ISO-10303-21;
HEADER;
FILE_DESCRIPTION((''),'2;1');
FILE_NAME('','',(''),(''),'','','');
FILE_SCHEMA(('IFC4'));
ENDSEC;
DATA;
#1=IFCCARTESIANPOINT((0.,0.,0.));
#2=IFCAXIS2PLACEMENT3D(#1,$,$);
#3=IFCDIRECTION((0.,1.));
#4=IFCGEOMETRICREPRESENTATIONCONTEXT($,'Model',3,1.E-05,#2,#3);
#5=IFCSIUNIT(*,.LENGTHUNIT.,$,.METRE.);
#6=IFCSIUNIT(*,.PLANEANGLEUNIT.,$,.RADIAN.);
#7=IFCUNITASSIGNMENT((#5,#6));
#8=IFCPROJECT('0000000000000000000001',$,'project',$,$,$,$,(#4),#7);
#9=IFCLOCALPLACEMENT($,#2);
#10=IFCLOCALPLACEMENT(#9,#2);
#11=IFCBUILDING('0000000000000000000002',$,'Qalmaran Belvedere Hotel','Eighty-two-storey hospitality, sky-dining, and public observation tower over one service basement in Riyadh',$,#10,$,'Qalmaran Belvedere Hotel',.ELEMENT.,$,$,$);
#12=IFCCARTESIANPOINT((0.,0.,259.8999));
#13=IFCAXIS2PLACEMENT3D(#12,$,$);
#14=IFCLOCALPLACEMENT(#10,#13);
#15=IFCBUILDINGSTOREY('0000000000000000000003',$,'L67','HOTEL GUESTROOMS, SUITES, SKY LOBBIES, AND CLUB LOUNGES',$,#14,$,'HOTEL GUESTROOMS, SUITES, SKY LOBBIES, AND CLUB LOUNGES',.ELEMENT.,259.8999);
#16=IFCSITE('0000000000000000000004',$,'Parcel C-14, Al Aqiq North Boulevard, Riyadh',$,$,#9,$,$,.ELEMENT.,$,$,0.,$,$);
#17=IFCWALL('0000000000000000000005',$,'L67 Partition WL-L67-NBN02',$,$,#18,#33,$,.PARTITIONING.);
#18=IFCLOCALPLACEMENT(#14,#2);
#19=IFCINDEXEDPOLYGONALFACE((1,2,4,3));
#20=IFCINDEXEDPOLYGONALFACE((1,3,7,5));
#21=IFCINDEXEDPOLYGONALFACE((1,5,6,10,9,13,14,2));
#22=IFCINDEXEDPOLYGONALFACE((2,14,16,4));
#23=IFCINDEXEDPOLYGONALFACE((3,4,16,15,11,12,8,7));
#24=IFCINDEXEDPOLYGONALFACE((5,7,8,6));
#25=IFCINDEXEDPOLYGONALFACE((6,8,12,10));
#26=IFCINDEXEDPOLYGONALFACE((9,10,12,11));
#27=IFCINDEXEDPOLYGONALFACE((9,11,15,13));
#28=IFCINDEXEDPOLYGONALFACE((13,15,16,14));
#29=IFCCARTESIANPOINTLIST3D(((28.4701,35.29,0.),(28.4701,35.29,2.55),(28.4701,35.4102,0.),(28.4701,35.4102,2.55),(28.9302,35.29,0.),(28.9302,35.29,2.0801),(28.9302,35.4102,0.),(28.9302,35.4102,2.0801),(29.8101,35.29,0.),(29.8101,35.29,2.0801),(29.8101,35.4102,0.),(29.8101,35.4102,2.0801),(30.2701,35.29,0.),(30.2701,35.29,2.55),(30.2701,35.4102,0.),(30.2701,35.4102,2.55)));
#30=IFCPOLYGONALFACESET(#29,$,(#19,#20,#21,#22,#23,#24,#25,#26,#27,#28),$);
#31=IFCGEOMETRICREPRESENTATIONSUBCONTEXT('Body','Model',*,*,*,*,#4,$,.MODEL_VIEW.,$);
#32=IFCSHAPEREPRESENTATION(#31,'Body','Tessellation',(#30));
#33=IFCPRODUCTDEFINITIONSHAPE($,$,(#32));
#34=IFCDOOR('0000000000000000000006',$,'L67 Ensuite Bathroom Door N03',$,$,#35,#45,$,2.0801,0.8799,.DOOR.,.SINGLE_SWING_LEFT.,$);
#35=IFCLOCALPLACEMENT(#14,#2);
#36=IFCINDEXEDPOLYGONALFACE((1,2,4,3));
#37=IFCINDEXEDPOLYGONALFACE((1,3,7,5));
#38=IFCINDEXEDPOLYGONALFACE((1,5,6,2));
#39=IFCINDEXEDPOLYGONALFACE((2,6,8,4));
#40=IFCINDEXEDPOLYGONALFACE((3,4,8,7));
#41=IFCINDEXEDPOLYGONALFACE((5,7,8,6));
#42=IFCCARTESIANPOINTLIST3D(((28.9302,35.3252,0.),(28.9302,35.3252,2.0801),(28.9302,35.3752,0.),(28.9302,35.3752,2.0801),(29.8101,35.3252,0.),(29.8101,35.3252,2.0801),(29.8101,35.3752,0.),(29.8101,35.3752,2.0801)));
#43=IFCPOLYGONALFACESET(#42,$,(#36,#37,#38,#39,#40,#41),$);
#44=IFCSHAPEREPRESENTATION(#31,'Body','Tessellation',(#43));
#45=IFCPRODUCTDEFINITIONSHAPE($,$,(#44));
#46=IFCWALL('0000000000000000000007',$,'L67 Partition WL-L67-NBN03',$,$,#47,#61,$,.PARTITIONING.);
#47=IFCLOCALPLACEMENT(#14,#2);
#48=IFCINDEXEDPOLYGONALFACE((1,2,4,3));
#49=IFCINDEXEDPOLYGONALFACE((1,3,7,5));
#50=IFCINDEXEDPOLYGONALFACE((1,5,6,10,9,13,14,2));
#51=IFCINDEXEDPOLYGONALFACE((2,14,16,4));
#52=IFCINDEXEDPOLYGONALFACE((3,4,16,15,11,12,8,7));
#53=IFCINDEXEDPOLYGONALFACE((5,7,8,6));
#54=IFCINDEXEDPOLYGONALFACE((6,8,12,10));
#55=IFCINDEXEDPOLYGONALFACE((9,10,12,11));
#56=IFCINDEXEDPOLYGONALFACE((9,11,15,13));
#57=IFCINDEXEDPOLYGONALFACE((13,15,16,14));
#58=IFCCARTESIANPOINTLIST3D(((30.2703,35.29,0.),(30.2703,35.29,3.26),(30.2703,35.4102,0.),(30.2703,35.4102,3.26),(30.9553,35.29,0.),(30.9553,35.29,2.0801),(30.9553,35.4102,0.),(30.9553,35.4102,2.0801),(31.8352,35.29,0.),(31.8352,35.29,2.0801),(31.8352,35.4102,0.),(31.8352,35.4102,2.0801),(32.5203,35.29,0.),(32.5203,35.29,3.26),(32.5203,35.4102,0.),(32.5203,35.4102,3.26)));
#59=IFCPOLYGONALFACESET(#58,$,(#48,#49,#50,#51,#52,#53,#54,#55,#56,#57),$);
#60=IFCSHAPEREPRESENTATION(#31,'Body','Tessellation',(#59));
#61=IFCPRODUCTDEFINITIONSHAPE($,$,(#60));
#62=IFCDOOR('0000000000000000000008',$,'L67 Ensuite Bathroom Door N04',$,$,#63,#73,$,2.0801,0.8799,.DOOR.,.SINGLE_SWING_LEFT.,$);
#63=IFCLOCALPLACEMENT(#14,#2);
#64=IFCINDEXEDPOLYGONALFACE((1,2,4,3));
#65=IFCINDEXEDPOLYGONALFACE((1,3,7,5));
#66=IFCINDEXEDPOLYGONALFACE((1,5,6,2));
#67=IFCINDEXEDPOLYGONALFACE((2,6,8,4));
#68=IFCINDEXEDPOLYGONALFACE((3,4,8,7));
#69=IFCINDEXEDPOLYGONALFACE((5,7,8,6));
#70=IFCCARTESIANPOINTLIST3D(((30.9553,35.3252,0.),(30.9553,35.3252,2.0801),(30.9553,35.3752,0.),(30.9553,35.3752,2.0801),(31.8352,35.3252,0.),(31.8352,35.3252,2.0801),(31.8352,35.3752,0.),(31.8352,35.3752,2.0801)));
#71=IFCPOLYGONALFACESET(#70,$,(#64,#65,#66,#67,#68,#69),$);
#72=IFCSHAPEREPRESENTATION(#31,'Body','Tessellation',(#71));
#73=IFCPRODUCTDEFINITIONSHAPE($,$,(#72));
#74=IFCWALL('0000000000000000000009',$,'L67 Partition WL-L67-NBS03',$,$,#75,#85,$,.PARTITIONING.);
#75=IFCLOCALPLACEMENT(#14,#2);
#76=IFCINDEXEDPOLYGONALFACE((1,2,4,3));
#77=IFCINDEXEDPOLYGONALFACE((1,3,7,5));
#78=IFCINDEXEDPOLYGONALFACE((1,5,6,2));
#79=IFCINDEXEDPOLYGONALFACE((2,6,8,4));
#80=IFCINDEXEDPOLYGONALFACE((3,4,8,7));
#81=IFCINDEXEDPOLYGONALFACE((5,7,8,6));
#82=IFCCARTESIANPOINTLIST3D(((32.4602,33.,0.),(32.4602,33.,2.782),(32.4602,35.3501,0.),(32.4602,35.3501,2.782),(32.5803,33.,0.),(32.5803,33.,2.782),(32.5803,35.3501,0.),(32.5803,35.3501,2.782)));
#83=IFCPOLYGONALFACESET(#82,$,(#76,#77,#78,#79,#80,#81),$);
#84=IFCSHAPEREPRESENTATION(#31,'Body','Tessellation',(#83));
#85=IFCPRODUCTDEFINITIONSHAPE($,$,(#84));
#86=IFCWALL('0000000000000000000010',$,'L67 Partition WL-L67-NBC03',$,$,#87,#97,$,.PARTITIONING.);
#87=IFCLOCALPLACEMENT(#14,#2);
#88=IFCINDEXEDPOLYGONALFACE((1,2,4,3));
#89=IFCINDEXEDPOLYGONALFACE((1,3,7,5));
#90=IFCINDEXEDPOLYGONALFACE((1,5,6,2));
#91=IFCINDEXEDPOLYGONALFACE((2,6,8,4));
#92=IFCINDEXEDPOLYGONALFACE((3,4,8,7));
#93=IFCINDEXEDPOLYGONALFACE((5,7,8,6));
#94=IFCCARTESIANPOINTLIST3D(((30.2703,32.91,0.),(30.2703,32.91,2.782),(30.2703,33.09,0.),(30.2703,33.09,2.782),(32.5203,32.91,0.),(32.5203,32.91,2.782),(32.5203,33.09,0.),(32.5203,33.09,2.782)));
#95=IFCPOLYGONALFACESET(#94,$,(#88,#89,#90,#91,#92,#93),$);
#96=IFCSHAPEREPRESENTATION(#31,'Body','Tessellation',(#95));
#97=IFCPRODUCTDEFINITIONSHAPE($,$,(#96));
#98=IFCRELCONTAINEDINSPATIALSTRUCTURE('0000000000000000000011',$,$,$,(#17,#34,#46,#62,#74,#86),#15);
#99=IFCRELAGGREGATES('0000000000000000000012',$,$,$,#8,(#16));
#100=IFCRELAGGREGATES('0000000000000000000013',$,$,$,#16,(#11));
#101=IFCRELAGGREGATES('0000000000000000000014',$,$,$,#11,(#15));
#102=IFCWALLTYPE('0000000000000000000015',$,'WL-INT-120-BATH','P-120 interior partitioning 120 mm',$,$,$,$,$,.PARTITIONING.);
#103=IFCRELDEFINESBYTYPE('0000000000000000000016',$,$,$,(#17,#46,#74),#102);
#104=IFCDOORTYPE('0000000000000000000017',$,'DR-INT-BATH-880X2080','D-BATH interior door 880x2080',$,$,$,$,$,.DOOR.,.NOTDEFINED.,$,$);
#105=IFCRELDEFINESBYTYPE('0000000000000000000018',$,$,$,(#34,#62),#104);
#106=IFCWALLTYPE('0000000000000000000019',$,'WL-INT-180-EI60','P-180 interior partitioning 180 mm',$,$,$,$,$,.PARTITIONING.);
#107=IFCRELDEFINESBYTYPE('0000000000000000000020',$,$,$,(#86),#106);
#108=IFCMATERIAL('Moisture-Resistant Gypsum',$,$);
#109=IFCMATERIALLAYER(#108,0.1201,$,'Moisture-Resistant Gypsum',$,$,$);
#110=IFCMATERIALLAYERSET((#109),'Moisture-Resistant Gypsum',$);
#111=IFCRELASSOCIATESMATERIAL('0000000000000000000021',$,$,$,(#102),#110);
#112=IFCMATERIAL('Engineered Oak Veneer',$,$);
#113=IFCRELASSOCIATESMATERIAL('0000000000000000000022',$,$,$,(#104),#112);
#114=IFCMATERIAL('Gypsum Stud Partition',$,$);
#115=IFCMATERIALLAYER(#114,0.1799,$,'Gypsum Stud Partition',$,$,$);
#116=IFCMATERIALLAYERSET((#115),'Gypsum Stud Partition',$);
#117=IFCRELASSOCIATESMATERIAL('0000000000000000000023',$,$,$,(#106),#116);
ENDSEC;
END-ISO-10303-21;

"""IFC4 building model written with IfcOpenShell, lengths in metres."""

from ifc_helpers import new_model, si_unit, direction, frame, frame_2d, origin, place, context, subcontext, project, spatial, rectangle, extrude, material, layer, layer_set, type_object, element, fill, save


model = new_model("IFC4")

# Units and contexts
model_context = context("Model", 3, precision=1e-05, world=origin(), true_north=direction((0.0, 1.0)))
body_context = subcontext(model_context, "Body", "Model", "MODEL_VIEW")
ifc_project = project(units=[si_unit("LENGTHUNIT", "METRE"), si_unit("PLANEANGLEUNIT", "RADIAN")], contexts=[model_context])

# Site, building, storey
site_placement = place(None, origin())
site = spatial("IfcSite", under=ifc_project, at=site_placement, Name="Parcel C-14, Al Aqiq North Boulevard, Riyadh", CompositionType="ELEMENT", RefElevation=0.0)
building_placement = place(site_placement, origin())
building = spatial("IfcBuilding", under=site, at=building_placement, Name="Qalmaran Belvedere Hotel", Description="Eighty-two-storey hospitality, sky-dining, and public observation tower over one service basement in Riyadh", LongName="Qalmaran Belvedere Hotel", CompositionType="ELEMENT")
storey_placement = place(building_placement, frame((0.0, 0.0, 259.8999)))
storey = spatial("IfcBuildingStorey", under=building, at=storey_placement, Name="L67", Description="HOTEL GUESTROOMS, SUITES, SKY LOBBIES, AND CLUB LOUNGES", LongName="HOTEL GUESTROOMS, SUITES, SKY LOBBIES, AND CLUB LOUNGES", CompositionType="ELEMENT", Elevation=259.8999)

# Walls, openings, doors
ifc_material_1 = material(Name="Moisture-Resistant Gypsum")
ifc_layer_1 = layer(ifc_material_1, 0.1201, Name="Moisture-Resistant Gypsum")
ifc_layer_set_1 = layer_set([ifc_layer_1], Name="Moisture-Resistant Gypsum")
wall_type_1 = type_object("IfcWallType", Name="WL-INT-120-BATH", Description="P-120 interior partitioning 120 mm", PredefinedType="PARTITIONING", material=ifc_layer_set_1)
wall_1_placement = place(storey_placement, frame((28.4702, 35.3501, 0.0), z_axis=(0.0, 0.0, 1.0), x_axis=(1.0, 0.0, 0.0)))
wall_1 = element("IfcWall", 1, at=wall_1_placement, inside=storey, type_object=wall_type_1, Name="L67 Partition WL-L67-NBN02", PredefinedType="PARTITIONING", context=body_context, shape_type="SweptSolid", body=[
    extrude(rectangle(XDim=1.8, YDim=0.1201, at=frame_2d((0.8999, 0.0))), origin(), (0.0, 0.0, 1.0), 2.55),
])
opening_1_placement = place(wall_1_placement, frame((1.3398, 0.0, 0.0), z_axis=(0.0, 0.0, 1.0), x_axis=(-1.0, 0.0, 0.0)))
opening_1 = element("IfcOpeningElement", 2, at=opening_1_placement, cuts=wall_1, PredefinedType="OPENING", context=body_context, shape_type="SweptSolid", body=[
    extrude(rectangle(XDim=0.8799, YDim=2.0801, at=frame_2d((0.4399, 1.04))), frame((0.0, 0.0701, 0.0), z_axis=(0.0, -1.0, 0.0), x_axis=(1.0, 0.0, 0.0)), (0.0, 0.0, 1.0), 0.1401),
])
ifc_material_2 = material(Name="Engineered Oak Veneer")
door_type_1 = type_object("IfcDoorType", Name="DR-INT-BATH-880X2080", Description="D-BATH interior door 880x2080", OperationType="NOTDEFINED", PredefinedType="DOOR", material=ifc_material_2)
door_1_placement = place(opening_1_placement, origin())
door_1 = element("IfcDoor", 3, at=door_1_placement, inside=storey, type_object=door_type_1, Name="L67 Ensuite Bathroom Door N03", OperationType="SINGLE_SWING_LEFT", OverallHeight=2.0801, OverallWidth=0.8799, PredefinedType="DOOR", context=body_context, shape_type="SweptSolid", body=[
    extrude(rectangle(XDim=0.8799, YDim=2.0801, at=frame_2d((0.4399, 1.04))), frame((0.0, 0.0249, 0.0), z_axis=(0.0, -1.0, 0.0), x_axis=(1.0, 0.0, 0.0)), (0.0, 0.0, 1.0), 0.05),
])
fill(opening_1, door_1)
wall_2_placement = place(storey_placement, frame((30.2703, 35.3501, 0.0), z_axis=(0.0, 0.0, 1.0), x_axis=(1.0, 0.0, 0.0)))
wall_2 = element("IfcWall", 4, at=wall_2_placement, inside=storey, type_object=wall_type_1, Name="L67 Partition WL-L67-NBN03", PredefinedType="PARTITIONING", context=body_context, shape_type="SweptSolid", body=[
    extrude(rectangle(XDim=2.25, YDim=0.1201, at=frame_2d((1.125, 0.0))), origin(), (0.0, 0.0, 1.0), 3.26),
])
opening_2_placement = place(wall_2_placement, frame((1.5649, 0.0, 0.0), z_axis=(0.0, 0.0, 1.0), x_axis=(-1.0, 0.0, 0.0)))
opening_2 = element("IfcOpeningElement", 5, at=opening_2_placement, cuts=wall_2, PredefinedType="OPENING", context=body_context, shape_type="SweptSolid", body=[
    extrude(rectangle(XDim=0.8799, YDim=2.0801, at=frame_2d((0.4399, 1.04))), frame((0.0, 0.0701, 0.0), z_axis=(0.0, -1.0, 0.0), x_axis=(1.0, 0.0, 0.0)), (0.0, 0.0, 1.0), 0.1401),
])
door_2_placement = place(opening_2_placement, origin())
door_2 = element("IfcDoor", 6, at=door_2_placement, inside=storey, type_object=door_type_1, Name="L67 Ensuite Bathroom Door N04", OperationType="SINGLE_SWING_LEFT", OverallHeight=2.0801, OverallWidth=0.8799, PredefinedType="DOOR", context=body_context, shape_type="SweptSolid", body=[
    extrude(rectangle(XDim=0.8799, YDim=2.0801, at=frame_2d((0.4399, 1.04))), frame((0.0, 0.0249, 0.0), z_axis=(0.0, -1.0, 0.0), x_axis=(1.0, 0.0, 0.0)), (0.0, 0.0, 1.0), 0.05),
])
fill(opening_2, door_2)

# Walls
wall_3_placement = place(storey_placement, frame((32.5203, 33.0, 0.0), z_axis=(0.0, 0.0, 1.0), x_axis=(0.0, 1.0, 0.0)))
element("IfcWall", 7, at=wall_3_placement, inside=storey, type_object=wall_type_1, Name="L67 Partition WL-L67-NBS03", PredefinedType="PARTITIONING", context=body_context, shape_type="SweptSolid", body=[
    extrude(rectangle(XDim=2.3501, YDim=0.1201, at=frame_2d((1.175, 0.0))), origin(), (0.0, 0.0, 1.0), 2.782),
])
ifc_material_3 = material(Name="Gypsum Stud Partition")
ifc_layer_2 = layer(ifc_material_3, 0.1799, Name="Gypsum Stud Partition")
ifc_layer_set_2 = layer_set([ifc_layer_2], Name="Gypsum Stud Partition")
wall_type_2 = type_object("IfcWallType", Name="WL-INT-180-EI60", Description="P-180 interior partitioning 180 mm", PredefinedType="PARTITIONING", material=ifc_layer_set_2)
wall_4_placement = place(storey_placement, frame((30.2703, 33.0, 0.0), z_axis=(0.0, 0.0, 1.0), x_axis=(1.0, 0.0, 0.0)))
element("IfcWall", 8, at=wall_4_placement, inside=storey, type_object=wall_type_2, Name="L67 Partition WL-L67-NBC03", PredefinedType="PARTITIONING", context=body_context, shape_type="SweptSolid", body=[
    extrude(rectangle(XDim=2.25, YDim=0.1799, at=frame_2d((1.125, 0.0))), origin(), (0.0, 0.0, 1.0), 2.782),
])

save(model, "model.ifc")
